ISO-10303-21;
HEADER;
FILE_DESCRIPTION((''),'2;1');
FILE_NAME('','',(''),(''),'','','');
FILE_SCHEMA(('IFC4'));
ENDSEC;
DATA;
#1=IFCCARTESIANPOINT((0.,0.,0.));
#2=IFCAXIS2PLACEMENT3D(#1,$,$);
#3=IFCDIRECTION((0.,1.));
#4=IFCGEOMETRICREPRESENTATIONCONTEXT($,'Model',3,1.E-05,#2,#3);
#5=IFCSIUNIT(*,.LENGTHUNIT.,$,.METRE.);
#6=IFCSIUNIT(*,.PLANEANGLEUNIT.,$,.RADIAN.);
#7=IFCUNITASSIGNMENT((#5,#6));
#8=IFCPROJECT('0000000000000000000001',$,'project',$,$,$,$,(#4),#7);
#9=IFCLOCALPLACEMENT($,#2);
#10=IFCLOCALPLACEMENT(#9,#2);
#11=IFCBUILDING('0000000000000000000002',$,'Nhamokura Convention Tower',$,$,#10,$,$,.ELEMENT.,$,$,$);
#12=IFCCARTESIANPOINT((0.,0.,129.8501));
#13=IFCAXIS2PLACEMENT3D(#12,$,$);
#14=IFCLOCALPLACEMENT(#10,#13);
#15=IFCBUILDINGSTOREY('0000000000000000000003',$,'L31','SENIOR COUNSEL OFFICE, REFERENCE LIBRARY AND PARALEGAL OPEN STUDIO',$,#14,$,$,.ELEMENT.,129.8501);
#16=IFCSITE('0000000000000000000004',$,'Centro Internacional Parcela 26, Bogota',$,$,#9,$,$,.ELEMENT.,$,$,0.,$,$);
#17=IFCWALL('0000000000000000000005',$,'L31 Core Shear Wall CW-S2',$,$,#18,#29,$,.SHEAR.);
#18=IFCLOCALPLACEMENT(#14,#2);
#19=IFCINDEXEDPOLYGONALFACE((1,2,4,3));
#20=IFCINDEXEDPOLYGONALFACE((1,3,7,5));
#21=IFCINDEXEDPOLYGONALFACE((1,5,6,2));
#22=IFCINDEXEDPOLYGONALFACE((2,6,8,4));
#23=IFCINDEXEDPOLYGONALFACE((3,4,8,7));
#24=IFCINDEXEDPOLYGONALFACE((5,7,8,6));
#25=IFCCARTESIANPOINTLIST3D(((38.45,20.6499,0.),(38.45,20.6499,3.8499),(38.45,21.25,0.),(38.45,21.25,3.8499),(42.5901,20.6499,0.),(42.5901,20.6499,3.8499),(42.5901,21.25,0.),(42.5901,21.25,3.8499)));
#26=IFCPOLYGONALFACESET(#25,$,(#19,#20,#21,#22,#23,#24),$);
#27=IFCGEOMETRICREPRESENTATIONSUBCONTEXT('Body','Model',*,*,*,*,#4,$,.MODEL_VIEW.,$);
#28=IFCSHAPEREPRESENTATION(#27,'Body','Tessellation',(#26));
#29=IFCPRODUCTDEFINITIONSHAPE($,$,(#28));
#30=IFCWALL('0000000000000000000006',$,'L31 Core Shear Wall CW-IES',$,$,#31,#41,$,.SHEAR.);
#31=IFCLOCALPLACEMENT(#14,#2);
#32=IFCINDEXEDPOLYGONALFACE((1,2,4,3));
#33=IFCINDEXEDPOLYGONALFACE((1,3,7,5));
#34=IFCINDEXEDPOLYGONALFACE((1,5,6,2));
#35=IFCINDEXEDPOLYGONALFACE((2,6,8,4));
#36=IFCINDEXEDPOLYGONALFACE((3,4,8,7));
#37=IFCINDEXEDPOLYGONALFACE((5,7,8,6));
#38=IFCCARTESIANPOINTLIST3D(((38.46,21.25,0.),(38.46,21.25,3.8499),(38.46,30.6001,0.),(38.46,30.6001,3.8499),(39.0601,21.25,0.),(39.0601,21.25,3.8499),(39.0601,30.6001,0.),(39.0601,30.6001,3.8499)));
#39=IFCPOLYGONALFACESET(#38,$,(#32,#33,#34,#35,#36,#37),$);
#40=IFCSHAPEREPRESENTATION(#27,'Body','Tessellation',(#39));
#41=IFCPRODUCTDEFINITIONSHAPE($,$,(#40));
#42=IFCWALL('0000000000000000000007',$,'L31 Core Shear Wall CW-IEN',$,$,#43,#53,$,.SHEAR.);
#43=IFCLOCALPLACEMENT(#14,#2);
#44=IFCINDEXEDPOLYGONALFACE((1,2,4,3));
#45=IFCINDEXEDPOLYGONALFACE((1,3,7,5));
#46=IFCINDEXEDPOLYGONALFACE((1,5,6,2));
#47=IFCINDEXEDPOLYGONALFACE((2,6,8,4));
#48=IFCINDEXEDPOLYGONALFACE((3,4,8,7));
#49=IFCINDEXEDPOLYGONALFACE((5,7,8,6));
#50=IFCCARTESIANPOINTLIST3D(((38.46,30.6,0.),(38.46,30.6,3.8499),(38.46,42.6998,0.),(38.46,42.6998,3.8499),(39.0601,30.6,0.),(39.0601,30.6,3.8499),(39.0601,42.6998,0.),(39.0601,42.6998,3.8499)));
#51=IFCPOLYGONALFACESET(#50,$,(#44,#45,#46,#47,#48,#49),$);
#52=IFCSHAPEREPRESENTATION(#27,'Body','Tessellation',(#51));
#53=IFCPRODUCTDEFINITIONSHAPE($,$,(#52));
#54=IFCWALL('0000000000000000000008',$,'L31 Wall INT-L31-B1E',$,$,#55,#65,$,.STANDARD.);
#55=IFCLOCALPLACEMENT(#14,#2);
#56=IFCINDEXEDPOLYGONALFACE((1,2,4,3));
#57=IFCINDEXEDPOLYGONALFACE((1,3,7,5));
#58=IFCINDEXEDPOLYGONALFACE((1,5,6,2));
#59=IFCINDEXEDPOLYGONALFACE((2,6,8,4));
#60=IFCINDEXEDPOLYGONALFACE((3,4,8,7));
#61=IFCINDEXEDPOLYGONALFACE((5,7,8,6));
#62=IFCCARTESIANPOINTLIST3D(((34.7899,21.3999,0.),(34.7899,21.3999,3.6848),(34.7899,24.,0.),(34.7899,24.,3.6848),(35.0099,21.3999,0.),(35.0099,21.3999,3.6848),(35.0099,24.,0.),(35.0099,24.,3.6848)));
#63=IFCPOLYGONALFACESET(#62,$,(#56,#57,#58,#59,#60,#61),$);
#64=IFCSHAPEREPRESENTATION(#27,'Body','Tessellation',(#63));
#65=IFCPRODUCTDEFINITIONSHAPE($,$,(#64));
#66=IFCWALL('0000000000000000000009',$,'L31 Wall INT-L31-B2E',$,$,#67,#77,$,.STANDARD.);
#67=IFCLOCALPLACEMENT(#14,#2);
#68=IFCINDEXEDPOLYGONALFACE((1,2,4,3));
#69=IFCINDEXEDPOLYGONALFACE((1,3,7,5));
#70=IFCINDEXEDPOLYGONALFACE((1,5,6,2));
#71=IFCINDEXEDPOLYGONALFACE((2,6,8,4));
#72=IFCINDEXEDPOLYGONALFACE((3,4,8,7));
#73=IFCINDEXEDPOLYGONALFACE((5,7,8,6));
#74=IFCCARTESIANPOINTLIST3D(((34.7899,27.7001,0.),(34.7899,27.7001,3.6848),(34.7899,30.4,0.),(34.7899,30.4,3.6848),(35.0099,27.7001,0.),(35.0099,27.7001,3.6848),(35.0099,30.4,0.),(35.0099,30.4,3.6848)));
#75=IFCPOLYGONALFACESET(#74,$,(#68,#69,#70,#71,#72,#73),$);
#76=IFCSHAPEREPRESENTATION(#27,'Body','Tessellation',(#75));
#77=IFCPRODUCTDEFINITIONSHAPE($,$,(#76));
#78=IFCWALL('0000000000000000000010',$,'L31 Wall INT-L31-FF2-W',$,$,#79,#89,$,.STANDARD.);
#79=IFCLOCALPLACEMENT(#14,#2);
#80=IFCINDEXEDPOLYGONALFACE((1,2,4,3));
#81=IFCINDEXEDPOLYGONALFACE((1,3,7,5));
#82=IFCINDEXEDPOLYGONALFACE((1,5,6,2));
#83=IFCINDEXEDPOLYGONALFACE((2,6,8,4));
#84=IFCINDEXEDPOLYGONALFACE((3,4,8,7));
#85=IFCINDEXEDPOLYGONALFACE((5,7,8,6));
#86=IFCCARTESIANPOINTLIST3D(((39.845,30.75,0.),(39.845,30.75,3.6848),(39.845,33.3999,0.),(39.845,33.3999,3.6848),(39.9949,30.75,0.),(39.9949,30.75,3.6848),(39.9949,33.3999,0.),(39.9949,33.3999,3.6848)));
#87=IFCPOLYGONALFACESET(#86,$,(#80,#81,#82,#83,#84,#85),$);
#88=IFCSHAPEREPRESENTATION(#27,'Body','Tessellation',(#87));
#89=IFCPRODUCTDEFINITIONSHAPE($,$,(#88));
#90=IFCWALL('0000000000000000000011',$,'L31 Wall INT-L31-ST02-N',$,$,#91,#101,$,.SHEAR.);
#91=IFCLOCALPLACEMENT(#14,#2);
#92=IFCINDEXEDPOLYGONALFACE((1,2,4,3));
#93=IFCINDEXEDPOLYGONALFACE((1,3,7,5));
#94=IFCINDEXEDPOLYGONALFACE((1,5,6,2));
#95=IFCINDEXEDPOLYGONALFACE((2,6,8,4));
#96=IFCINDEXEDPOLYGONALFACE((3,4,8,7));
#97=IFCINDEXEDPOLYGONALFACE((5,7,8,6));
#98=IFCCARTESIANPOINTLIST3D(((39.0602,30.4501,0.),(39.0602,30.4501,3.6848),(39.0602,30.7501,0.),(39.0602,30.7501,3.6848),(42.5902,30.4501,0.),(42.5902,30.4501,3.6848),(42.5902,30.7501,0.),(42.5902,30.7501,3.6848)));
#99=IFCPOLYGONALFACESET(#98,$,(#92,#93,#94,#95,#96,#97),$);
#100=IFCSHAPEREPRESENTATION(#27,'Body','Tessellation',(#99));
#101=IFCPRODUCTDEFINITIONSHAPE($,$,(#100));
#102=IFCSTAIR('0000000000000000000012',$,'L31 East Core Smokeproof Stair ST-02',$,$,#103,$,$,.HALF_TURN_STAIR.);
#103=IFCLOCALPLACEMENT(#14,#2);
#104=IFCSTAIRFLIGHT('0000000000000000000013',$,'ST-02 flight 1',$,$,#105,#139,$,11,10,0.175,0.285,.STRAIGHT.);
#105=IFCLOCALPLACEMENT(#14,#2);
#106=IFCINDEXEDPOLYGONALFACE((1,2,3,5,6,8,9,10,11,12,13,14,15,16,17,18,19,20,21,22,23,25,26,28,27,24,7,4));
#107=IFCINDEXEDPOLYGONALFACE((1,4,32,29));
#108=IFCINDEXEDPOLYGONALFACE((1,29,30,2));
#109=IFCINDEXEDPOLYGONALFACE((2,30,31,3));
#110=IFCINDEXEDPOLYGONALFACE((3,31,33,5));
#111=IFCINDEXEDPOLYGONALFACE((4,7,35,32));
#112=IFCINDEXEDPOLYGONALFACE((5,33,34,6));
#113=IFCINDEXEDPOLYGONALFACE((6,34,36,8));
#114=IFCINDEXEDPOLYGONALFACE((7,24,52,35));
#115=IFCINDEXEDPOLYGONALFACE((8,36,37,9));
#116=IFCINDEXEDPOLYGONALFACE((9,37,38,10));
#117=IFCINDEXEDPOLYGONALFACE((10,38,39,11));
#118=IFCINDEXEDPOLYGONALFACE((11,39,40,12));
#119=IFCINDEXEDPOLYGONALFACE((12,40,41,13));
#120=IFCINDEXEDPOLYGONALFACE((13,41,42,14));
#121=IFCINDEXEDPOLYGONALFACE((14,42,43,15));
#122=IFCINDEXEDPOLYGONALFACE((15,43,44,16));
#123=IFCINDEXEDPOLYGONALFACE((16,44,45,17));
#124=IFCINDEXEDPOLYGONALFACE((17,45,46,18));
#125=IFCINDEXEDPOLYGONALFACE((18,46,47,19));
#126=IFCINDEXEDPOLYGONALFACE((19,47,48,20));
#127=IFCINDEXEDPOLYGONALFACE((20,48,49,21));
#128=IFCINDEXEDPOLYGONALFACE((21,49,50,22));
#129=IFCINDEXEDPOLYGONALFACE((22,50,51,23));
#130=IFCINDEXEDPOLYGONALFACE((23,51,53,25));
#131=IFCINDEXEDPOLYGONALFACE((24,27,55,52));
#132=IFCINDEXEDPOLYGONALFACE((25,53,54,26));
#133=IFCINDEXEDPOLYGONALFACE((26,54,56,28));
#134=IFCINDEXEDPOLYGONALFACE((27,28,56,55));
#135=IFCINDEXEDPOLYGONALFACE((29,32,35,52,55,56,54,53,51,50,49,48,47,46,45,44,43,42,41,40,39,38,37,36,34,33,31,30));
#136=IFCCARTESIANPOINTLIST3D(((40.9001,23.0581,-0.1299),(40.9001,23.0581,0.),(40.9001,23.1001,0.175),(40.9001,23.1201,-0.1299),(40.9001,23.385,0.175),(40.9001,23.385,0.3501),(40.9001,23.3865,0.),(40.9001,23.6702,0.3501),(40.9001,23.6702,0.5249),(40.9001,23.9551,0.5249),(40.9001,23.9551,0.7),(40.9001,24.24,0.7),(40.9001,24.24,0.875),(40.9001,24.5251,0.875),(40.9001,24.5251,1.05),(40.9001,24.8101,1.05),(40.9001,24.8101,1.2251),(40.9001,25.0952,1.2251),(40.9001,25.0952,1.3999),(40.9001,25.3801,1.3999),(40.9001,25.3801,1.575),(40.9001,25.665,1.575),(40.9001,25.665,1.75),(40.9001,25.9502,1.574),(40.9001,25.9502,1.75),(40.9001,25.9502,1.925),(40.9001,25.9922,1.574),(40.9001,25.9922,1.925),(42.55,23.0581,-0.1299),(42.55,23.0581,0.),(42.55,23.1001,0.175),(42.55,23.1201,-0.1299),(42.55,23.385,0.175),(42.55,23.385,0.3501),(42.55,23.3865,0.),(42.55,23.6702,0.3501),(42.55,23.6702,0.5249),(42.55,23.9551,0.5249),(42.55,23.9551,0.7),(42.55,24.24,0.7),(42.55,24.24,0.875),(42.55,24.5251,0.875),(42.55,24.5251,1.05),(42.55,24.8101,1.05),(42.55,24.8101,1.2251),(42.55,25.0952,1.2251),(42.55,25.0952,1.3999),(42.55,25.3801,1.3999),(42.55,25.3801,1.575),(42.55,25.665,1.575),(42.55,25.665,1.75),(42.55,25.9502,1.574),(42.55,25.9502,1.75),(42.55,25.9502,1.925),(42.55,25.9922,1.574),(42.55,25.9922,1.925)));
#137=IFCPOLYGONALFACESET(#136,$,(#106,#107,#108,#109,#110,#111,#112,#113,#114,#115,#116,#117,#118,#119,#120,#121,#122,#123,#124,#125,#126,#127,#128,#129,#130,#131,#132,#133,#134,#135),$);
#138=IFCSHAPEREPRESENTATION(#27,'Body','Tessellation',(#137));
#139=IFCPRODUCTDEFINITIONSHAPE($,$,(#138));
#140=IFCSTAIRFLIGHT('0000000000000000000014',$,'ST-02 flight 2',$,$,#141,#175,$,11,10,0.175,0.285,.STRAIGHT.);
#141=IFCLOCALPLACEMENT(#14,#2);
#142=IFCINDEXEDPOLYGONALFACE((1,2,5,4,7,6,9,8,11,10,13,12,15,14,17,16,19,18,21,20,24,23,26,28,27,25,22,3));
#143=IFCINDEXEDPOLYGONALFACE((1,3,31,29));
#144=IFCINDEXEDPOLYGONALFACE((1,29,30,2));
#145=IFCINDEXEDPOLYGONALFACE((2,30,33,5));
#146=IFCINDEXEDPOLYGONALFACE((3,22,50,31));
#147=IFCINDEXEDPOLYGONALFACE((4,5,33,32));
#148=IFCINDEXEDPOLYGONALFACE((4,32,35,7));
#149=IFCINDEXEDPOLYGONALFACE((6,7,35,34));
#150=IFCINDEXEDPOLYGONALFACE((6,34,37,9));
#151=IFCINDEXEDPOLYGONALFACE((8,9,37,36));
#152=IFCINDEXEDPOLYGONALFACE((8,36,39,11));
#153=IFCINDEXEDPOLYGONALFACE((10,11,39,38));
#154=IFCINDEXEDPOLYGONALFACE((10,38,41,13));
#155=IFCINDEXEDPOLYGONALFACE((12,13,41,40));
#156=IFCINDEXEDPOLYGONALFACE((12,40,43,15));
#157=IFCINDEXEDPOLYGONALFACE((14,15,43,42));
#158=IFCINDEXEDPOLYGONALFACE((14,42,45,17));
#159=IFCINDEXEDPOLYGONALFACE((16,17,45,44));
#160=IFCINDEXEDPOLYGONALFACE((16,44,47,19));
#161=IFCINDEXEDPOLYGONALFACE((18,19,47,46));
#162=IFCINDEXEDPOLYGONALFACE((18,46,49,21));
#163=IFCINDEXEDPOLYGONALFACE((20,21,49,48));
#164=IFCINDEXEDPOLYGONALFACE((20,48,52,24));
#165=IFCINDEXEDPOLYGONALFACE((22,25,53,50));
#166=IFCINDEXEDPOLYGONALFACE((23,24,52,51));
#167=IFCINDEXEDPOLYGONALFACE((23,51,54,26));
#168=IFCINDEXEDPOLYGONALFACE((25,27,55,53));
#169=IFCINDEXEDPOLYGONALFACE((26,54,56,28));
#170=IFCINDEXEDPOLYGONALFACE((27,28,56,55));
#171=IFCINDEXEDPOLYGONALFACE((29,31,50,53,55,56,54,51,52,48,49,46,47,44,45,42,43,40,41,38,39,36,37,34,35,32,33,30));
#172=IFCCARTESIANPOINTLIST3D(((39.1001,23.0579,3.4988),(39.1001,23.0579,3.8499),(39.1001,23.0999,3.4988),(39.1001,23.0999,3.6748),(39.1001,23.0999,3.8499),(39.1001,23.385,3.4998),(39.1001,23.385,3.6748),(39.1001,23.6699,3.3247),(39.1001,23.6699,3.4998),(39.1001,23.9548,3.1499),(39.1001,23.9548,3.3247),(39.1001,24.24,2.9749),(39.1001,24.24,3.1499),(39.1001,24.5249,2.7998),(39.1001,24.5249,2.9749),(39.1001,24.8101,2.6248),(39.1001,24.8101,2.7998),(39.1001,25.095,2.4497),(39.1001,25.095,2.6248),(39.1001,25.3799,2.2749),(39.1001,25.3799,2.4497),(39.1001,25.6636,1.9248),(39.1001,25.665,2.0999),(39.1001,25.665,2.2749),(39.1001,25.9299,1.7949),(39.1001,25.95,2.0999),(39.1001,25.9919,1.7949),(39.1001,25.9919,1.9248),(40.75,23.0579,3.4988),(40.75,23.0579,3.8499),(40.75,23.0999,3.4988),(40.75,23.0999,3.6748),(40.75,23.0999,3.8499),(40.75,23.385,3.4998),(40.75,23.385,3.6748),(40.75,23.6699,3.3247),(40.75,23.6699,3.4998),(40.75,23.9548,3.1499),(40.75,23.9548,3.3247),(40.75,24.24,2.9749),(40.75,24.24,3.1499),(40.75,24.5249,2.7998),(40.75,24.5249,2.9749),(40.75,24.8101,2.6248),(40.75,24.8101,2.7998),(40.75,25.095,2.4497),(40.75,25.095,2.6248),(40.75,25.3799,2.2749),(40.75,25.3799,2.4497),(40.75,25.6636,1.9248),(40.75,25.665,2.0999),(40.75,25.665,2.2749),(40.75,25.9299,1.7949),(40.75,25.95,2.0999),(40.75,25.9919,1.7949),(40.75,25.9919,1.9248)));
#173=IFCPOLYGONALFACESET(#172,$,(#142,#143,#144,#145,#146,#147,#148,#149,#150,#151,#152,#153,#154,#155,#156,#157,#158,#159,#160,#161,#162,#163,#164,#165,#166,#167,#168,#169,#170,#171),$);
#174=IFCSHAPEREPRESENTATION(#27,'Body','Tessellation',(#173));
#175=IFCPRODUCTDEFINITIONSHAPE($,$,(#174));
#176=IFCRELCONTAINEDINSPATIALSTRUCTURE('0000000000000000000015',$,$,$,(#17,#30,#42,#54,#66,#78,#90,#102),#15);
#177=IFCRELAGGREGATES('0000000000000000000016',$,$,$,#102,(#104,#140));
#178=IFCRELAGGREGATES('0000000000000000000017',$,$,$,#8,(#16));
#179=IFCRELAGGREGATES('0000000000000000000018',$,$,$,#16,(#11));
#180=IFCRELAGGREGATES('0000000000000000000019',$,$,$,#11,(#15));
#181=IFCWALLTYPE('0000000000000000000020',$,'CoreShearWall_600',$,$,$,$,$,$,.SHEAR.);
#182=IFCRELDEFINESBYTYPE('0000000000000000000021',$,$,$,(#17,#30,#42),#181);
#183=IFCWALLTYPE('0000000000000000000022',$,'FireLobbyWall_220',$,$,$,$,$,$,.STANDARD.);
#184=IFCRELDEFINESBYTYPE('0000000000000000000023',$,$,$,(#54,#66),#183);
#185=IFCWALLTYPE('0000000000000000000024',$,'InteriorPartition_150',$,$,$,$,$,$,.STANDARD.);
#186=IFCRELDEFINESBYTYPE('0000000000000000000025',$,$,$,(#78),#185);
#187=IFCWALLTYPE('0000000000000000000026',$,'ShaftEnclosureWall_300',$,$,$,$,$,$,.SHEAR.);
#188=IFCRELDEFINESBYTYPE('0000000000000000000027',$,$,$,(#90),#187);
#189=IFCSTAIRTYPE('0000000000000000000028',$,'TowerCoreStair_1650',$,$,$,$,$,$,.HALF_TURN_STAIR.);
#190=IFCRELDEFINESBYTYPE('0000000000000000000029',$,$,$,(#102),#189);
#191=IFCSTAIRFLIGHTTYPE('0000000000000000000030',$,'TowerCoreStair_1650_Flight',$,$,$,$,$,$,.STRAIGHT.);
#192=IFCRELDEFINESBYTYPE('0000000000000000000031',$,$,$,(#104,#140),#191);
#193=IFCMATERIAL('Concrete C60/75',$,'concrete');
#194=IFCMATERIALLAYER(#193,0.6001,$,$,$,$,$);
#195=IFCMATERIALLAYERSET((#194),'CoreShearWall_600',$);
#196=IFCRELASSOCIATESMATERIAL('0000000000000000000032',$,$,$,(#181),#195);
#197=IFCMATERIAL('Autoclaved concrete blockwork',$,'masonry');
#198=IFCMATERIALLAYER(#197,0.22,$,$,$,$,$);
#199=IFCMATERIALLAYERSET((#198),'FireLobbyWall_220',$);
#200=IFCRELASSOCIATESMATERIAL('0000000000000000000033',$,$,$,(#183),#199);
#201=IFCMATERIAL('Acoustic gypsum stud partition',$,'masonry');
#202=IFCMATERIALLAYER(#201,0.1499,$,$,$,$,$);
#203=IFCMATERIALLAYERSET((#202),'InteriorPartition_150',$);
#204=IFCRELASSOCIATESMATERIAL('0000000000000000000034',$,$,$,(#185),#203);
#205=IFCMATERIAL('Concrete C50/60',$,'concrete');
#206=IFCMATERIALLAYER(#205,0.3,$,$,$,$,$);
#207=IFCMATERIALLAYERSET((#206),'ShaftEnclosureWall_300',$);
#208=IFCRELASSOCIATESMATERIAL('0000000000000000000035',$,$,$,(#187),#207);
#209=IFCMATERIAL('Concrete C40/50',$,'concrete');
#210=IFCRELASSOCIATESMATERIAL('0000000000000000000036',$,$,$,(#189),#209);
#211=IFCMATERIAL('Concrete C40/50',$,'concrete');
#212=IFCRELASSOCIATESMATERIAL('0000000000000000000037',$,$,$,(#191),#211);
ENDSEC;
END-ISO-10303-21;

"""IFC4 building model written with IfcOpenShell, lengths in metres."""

from ifc_helpers import new_model, si_unit, direction, frame, frame_2d, origin, place, context, subcontext, project, spatial, polyline, rectangle, outline, extrude, material, layer, layer_set, type_object, element, aggregate, save


model = new_model("IFC4")

# Units and contexts
model_context = context("Model", 3, precision=1e-05, world=origin(), true_north=direction((0.0, 1.0)))
body_context = subcontext(model_context, "Body", "Model", "MODEL_VIEW")
ifc_project = project(units=[si_unit("LENGTHUNIT", "METRE"), si_unit("PLANEANGLEUNIT", "RADIAN")], contexts=[model_context])

# Site, building, storey
site_placement = place(None, origin())
site = spatial("IfcSite", under=ifc_project, at=site_placement, Name="Centro Internacional Parcela 26, Bogota", CompositionType="ELEMENT", RefElevation=0.0)
building_placement = place(site_placement, origin())
building = spatial("IfcBuilding", under=site, at=building_placement, Name="Nhamokura Convention Tower", CompositionType="ELEMENT")
storey_placement = place(building_placement, frame((0.0, 0.0, 129.8501)))
storey = spatial("IfcBuildingStorey", under=building, at=storey_placement, Name="L31", Description="SENIOR COUNSEL OFFICE, REFERENCE LIBRARY AND PARALEGAL OPEN STUDIO", CompositionType="ELEMENT", Elevation=129.8501)

# Walls
ifc_material_1 = material(Name="Concrete C60/75", Category="concrete")
ifc_layer_1 = layer(ifc_material_1, 0.6001)
ifc_layer_set_1 = layer_set([ifc_layer_1], Name="CoreShearWall_600")
wall_type_1 = type_object("IfcWallType", Name="CoreShearWall_600", PredefinedType="SHEAR", material=ifc_layer_set_1)
wall_1_placement = place(storey_placement, frame((38.45, 20.95, 0.0), z_axis=(0.0, 0.0, 1.0), x_axis=(1.0, 0.0, 0.0)))
element("IfcWall", 1, at=wall_1_placement, inside=storey, type_object=wall_type_1, Name="L31 Core Shear Wall CW-S2", PredefinedType="SHEAR", context=body_context, shape_type="SweptSolid", body=[
    extrude(rectangle(XDim=4.1401, YDim=0.6001, at=frame_2d((2.0701, 0.0))), origin(), (0.0, 0.0, 1.0), 3.8499),
])
wall_2_placement = place(storey_placement, frame((38.76, 21.25, 0.0), z_axis=(0.0, 0.0, 1.0), x_axis=(0.0, 1.0, 0.0)))
element("IfcWall", 2, at=wall_2_placement, inside=storey, type_object=wall_type_1, Name="L31 Core Shear Wall CW-IES", PredefinedType="SHEAR", context=body_context, shape_type="SweptSolid", body=[
    extrude(rectangle(XDim=9.3501, YDim=0.6001, at=frame_2d((4.675, 0.0))), origin(), (0.0, 0.0, 1.0), 3.8499),
])
wall_3_placement = place(storey_placement, frame((38.76, 30.6001, 0.0), z_axis=(0.0, 0.0, 1.0), x_axis=(0.0, 1.0, 0.0)))
element("IfcWall", 3, at=wall_3_placement, inside=storey, type_object=wall_type_1, Name="L31 Core Shear Wall CW-IEN", PredefinedType="SHEAR", context=body_context, shape_type="SweptSolid", body=[
    extrude(rectangle(XDim=12.0999, YDim=0.6001, at=frame_2d((6.0498, 0.0))), origin(), (0.0, 0.0, 1.0), 3.8499),
])

# Shared definitions
ifc_material_2 = material(Name="Autoclaved concrete blockwork", Category="masonry")
ifc_layer_2 = layer(ifc_material_2, 0.22)
ifc_layer_set_2 = layer_set([ifc_layer_2], Name="FireLobbyWall_220")
wall_type_2 = type_object("IfcWallType", Name="FireLobbyWall_220", PredefinedType="STANDARD", material=ifc_layer_set_2)

# Walls
wall_4_placement = place(storey_placement, frame((34.8999, 21.3999, 0.0), z_axis=(0.0, 0.0, 1.0), x_axis=(0.0, 1.0, 0.0)))
element("IfcWall", 4, at=wall_4_placement, inside=storey, type_object=wall_type_2, Name="L31 Wall INT-L31-B1E", PredefinedType="STANDARD", context=body_context, shape_type="SweptSolid", body=[
    extrude(rectangle(XDim=2.6001, YDim=0.22, at=frame_2d((1.3, 0.0))), origin(), (0.0, 0.0, 1.0), 3.6848),
])
wall_5_placement = place(storey_placement, frame((34.8999, 27.7, 0.0), z_axis=(0.0, 0.0, 1.0), x_axis=(0.0, 1.0, 0.0)))
element("IfcWall", 5, at=wall_5_placement, inside=storey, type_object=wall_type_2, Name="L31 Wall INT-L31-B2E", PredefinedType="STANDARD", context=body_context, shape_type="SweptSolid", body=[
    extrude(rectangle(XDim=2.7, YDim=0.22, at=frame_2d((1.3501, 0.0))), origin(), (0.0, 0.0, 1.0), 3.6848),
])
ifc_material_3 = material(Name="Acoustic gypsum stud partition", Category="masonry")
ifc_layer_3 = layer(ifc_material_3, 0.1499)
ifc_layer_set_3 = layer_set([ifc_layer_3], Name="InteriorPartition_150")
wall_type_3 = type_object("IfcWallType", Name="InteriorPartition_150", PredefinedType="STANDARD", material=ifc_layer_set_3)
wall_6_placement = place(storey_placement, frame((39.9199, 30.75, 0.0), z_axis=(0.0, 0.0, 1.0), x_axis=(0.0, 1.0, 0.0)))
element("IfcWall", 6, at=wall_6_placement, inside=storey, type_object=wall_type_3, Name="L31 Wall INT-L31-FF2-W", PredefinedType="STANDARD", context=body_context, shape_type="SweptSolid", body=[
    extrude(rectangle(XDim=2.6499, YDim=0.1499, at=frame_2d((1.325, 0.0))), origin(), (0.0, 0.0, 1.0), 3.6848),
])
ifc_material_4 = material(Name="Concrete C50/60", Category="concrete")
ifc_layer_4 = layer(ifc_material_4, 0.3)
ifc_layer_set_4 = layer_set([ifc_layer_4], Name="ShaftEnclosureWall_300")
wall_type_4 = type_object("IfcWallType", Name="ShaftEnclosureWall_300", PredefinedType="SHEAR", material=ifc_layer_set_4)
wall_7_placement = place(storey_placement, frame((39.0601, 30.6001, 0.0), z_axis=(0.0, 0.0, 1.0), x_axis=(1.0, 0.0, 0.0)))
element("IfcWall", 7, at=wall_7_placement, inside=storey, type_object=wall_type_4, Name="L31 Wall INT-L31-ST02-N", PredefinedType="SHEAR", context=body_context, shape_type="SweptSolid", body=[
    extrude(rectangle(XDim=3.53, YDim=0.3, at=frame_2d((1.7651, 0.0))), origin(), (0.0, 0.0, 1.0), 3.6848),
])

# Stair, stair flights
ifc_material_5 = material(Name="Concrete C40/50", Category="concrete")
stair_type = type_object("IfcStairType", Name="TowerCoreStair_1650", PredefinedType="HALF_TURN_STAIR", material=ifc_material_5)
stair_placement = place(storey_placement, origin())
stair = element("IfcStair", 8, at=stair_placement, inside=storey, type_object=stair_type, Name="L31 East Core Smokeproof Stair ST-02", PredefinedType="HALF_TURN_STAIR")
ifc_material_6 = material(Name="Concrete C40/50", Category="concrete")
stair_flight_type = type_object("IfcStairFlightType", Name="TowerCoreStair_1650_Flight", PredefinedType="STRAIGHT", material=ifc_material_6)
stair_flight_1_placement = place(storey_placement, frame((41.7251, 23.1001, 0.0), z_axis=(0.0, 0.0, 1.0), x_axis=(0.0, 1.0, 0.0)))
stair_flight_1 = element("IfcStairFlight", 9, at=stair_flight_1_placement, type_object=stair_flight_type, Name="ST-02 flight 1", NumberOfRisers=11, NumberOfTreads=10, PredefinedType="STRAIGHT", RiserHeight=0.175, TreadLength=0.285, context=body_context, shape_type="SweptSolid", body=[
    extrude(outline(polyline([(-0.042, 0.0), (0.0, 0.175), (0.2849, 0.175), (0.2849, 0.3501), (0.5701, 0.3501), (0.5701, 0.5249), (0.855, 0.5249), (0.855, 0.7), (1.1399, 0.7), (1.1399, 0.875), (1.425, 0.875), (1.425, 1.05), (1.71, 1.05), (1.71, 1.2251), (1.9951, 1.2251), (1.9951, 1.3999), (2.28, 1.3999), (2.28, 1.575), (2.5649, 1.575), (2.5649, 1.75), (2.8501, 1.75), (2.8501, 1.925), (2.8921, 1.925), (2.8921, 1.574), (2.8501, 1.574), (0.2864, 0.0), (0.02, -0.1299), (-0.042, -0.1299), (-0.042, 0.0)])), frame((0.0, 0.825, 0.0), z_axis=(0.0, -1.0, 0.0), x_axis=(1.0, 0.0, 0.0)), (0.0, 0.0, 1.0), 1.6499),
])
stair_flight_2_placement = place(storey_placement, frame((39.925, 25.95, 1.9248), z_axis=(0.0, 0.0, 1.0), x_axis=(0.0, -1.0, 0.0)))
stair_flight_2 = element("IfcStairFlight", 10, at=stair_flight_2_placement, type_object=stair_flight_type, Name="ST-02 flight 2", NumberOfRisers=11, NumberOfTreads=10, PredefinedType="STRAIGHT", RiserHeight=0.175, TreadLength=0.285, context=body_context, shape_type="SweptSolid", body=[
    extrude(outline(polyline([(-0.042, 0.0), (0.0, 0.175), (0.2849, 0.175), (0.2849, 0.3501), (0.5701, 0.3501), (0.5701, 0.5249), (0.855, 0.5249), (0.855, 0.7), (1.1399, 0.7), (1.1399, 0.875), (1.425, 0.875), (1.425, 1.05), (1.71, 1.05), (1.71, 1.2251), (1.9951, 1.2251), (1.9951, 1.3999), (2.28, 1.3999), (2.28, 1.575), (2.5649, 1.575), (2.5649, 1.75), (2.8501, 1.75), (2.8501, 1.925), (2.8921, 1.925), (2.8921, 1.574), (2.8501, 1.574), (0.2864, 0.0), (0.02, -0.1299), (-0.042, -0.1299), (-0.042, 0.0)])), frame((0.0, 0.825, 0.0), z_axis=(0.0, -1.0, 0.0), x_axis=(1.0, 0.0, 0.0)), (0.0, 0.0, 1.0), 1.6499),
])
aggregate(stair, [stair_flight_1, stair_flight_2])

save(model, "model.ifc")
